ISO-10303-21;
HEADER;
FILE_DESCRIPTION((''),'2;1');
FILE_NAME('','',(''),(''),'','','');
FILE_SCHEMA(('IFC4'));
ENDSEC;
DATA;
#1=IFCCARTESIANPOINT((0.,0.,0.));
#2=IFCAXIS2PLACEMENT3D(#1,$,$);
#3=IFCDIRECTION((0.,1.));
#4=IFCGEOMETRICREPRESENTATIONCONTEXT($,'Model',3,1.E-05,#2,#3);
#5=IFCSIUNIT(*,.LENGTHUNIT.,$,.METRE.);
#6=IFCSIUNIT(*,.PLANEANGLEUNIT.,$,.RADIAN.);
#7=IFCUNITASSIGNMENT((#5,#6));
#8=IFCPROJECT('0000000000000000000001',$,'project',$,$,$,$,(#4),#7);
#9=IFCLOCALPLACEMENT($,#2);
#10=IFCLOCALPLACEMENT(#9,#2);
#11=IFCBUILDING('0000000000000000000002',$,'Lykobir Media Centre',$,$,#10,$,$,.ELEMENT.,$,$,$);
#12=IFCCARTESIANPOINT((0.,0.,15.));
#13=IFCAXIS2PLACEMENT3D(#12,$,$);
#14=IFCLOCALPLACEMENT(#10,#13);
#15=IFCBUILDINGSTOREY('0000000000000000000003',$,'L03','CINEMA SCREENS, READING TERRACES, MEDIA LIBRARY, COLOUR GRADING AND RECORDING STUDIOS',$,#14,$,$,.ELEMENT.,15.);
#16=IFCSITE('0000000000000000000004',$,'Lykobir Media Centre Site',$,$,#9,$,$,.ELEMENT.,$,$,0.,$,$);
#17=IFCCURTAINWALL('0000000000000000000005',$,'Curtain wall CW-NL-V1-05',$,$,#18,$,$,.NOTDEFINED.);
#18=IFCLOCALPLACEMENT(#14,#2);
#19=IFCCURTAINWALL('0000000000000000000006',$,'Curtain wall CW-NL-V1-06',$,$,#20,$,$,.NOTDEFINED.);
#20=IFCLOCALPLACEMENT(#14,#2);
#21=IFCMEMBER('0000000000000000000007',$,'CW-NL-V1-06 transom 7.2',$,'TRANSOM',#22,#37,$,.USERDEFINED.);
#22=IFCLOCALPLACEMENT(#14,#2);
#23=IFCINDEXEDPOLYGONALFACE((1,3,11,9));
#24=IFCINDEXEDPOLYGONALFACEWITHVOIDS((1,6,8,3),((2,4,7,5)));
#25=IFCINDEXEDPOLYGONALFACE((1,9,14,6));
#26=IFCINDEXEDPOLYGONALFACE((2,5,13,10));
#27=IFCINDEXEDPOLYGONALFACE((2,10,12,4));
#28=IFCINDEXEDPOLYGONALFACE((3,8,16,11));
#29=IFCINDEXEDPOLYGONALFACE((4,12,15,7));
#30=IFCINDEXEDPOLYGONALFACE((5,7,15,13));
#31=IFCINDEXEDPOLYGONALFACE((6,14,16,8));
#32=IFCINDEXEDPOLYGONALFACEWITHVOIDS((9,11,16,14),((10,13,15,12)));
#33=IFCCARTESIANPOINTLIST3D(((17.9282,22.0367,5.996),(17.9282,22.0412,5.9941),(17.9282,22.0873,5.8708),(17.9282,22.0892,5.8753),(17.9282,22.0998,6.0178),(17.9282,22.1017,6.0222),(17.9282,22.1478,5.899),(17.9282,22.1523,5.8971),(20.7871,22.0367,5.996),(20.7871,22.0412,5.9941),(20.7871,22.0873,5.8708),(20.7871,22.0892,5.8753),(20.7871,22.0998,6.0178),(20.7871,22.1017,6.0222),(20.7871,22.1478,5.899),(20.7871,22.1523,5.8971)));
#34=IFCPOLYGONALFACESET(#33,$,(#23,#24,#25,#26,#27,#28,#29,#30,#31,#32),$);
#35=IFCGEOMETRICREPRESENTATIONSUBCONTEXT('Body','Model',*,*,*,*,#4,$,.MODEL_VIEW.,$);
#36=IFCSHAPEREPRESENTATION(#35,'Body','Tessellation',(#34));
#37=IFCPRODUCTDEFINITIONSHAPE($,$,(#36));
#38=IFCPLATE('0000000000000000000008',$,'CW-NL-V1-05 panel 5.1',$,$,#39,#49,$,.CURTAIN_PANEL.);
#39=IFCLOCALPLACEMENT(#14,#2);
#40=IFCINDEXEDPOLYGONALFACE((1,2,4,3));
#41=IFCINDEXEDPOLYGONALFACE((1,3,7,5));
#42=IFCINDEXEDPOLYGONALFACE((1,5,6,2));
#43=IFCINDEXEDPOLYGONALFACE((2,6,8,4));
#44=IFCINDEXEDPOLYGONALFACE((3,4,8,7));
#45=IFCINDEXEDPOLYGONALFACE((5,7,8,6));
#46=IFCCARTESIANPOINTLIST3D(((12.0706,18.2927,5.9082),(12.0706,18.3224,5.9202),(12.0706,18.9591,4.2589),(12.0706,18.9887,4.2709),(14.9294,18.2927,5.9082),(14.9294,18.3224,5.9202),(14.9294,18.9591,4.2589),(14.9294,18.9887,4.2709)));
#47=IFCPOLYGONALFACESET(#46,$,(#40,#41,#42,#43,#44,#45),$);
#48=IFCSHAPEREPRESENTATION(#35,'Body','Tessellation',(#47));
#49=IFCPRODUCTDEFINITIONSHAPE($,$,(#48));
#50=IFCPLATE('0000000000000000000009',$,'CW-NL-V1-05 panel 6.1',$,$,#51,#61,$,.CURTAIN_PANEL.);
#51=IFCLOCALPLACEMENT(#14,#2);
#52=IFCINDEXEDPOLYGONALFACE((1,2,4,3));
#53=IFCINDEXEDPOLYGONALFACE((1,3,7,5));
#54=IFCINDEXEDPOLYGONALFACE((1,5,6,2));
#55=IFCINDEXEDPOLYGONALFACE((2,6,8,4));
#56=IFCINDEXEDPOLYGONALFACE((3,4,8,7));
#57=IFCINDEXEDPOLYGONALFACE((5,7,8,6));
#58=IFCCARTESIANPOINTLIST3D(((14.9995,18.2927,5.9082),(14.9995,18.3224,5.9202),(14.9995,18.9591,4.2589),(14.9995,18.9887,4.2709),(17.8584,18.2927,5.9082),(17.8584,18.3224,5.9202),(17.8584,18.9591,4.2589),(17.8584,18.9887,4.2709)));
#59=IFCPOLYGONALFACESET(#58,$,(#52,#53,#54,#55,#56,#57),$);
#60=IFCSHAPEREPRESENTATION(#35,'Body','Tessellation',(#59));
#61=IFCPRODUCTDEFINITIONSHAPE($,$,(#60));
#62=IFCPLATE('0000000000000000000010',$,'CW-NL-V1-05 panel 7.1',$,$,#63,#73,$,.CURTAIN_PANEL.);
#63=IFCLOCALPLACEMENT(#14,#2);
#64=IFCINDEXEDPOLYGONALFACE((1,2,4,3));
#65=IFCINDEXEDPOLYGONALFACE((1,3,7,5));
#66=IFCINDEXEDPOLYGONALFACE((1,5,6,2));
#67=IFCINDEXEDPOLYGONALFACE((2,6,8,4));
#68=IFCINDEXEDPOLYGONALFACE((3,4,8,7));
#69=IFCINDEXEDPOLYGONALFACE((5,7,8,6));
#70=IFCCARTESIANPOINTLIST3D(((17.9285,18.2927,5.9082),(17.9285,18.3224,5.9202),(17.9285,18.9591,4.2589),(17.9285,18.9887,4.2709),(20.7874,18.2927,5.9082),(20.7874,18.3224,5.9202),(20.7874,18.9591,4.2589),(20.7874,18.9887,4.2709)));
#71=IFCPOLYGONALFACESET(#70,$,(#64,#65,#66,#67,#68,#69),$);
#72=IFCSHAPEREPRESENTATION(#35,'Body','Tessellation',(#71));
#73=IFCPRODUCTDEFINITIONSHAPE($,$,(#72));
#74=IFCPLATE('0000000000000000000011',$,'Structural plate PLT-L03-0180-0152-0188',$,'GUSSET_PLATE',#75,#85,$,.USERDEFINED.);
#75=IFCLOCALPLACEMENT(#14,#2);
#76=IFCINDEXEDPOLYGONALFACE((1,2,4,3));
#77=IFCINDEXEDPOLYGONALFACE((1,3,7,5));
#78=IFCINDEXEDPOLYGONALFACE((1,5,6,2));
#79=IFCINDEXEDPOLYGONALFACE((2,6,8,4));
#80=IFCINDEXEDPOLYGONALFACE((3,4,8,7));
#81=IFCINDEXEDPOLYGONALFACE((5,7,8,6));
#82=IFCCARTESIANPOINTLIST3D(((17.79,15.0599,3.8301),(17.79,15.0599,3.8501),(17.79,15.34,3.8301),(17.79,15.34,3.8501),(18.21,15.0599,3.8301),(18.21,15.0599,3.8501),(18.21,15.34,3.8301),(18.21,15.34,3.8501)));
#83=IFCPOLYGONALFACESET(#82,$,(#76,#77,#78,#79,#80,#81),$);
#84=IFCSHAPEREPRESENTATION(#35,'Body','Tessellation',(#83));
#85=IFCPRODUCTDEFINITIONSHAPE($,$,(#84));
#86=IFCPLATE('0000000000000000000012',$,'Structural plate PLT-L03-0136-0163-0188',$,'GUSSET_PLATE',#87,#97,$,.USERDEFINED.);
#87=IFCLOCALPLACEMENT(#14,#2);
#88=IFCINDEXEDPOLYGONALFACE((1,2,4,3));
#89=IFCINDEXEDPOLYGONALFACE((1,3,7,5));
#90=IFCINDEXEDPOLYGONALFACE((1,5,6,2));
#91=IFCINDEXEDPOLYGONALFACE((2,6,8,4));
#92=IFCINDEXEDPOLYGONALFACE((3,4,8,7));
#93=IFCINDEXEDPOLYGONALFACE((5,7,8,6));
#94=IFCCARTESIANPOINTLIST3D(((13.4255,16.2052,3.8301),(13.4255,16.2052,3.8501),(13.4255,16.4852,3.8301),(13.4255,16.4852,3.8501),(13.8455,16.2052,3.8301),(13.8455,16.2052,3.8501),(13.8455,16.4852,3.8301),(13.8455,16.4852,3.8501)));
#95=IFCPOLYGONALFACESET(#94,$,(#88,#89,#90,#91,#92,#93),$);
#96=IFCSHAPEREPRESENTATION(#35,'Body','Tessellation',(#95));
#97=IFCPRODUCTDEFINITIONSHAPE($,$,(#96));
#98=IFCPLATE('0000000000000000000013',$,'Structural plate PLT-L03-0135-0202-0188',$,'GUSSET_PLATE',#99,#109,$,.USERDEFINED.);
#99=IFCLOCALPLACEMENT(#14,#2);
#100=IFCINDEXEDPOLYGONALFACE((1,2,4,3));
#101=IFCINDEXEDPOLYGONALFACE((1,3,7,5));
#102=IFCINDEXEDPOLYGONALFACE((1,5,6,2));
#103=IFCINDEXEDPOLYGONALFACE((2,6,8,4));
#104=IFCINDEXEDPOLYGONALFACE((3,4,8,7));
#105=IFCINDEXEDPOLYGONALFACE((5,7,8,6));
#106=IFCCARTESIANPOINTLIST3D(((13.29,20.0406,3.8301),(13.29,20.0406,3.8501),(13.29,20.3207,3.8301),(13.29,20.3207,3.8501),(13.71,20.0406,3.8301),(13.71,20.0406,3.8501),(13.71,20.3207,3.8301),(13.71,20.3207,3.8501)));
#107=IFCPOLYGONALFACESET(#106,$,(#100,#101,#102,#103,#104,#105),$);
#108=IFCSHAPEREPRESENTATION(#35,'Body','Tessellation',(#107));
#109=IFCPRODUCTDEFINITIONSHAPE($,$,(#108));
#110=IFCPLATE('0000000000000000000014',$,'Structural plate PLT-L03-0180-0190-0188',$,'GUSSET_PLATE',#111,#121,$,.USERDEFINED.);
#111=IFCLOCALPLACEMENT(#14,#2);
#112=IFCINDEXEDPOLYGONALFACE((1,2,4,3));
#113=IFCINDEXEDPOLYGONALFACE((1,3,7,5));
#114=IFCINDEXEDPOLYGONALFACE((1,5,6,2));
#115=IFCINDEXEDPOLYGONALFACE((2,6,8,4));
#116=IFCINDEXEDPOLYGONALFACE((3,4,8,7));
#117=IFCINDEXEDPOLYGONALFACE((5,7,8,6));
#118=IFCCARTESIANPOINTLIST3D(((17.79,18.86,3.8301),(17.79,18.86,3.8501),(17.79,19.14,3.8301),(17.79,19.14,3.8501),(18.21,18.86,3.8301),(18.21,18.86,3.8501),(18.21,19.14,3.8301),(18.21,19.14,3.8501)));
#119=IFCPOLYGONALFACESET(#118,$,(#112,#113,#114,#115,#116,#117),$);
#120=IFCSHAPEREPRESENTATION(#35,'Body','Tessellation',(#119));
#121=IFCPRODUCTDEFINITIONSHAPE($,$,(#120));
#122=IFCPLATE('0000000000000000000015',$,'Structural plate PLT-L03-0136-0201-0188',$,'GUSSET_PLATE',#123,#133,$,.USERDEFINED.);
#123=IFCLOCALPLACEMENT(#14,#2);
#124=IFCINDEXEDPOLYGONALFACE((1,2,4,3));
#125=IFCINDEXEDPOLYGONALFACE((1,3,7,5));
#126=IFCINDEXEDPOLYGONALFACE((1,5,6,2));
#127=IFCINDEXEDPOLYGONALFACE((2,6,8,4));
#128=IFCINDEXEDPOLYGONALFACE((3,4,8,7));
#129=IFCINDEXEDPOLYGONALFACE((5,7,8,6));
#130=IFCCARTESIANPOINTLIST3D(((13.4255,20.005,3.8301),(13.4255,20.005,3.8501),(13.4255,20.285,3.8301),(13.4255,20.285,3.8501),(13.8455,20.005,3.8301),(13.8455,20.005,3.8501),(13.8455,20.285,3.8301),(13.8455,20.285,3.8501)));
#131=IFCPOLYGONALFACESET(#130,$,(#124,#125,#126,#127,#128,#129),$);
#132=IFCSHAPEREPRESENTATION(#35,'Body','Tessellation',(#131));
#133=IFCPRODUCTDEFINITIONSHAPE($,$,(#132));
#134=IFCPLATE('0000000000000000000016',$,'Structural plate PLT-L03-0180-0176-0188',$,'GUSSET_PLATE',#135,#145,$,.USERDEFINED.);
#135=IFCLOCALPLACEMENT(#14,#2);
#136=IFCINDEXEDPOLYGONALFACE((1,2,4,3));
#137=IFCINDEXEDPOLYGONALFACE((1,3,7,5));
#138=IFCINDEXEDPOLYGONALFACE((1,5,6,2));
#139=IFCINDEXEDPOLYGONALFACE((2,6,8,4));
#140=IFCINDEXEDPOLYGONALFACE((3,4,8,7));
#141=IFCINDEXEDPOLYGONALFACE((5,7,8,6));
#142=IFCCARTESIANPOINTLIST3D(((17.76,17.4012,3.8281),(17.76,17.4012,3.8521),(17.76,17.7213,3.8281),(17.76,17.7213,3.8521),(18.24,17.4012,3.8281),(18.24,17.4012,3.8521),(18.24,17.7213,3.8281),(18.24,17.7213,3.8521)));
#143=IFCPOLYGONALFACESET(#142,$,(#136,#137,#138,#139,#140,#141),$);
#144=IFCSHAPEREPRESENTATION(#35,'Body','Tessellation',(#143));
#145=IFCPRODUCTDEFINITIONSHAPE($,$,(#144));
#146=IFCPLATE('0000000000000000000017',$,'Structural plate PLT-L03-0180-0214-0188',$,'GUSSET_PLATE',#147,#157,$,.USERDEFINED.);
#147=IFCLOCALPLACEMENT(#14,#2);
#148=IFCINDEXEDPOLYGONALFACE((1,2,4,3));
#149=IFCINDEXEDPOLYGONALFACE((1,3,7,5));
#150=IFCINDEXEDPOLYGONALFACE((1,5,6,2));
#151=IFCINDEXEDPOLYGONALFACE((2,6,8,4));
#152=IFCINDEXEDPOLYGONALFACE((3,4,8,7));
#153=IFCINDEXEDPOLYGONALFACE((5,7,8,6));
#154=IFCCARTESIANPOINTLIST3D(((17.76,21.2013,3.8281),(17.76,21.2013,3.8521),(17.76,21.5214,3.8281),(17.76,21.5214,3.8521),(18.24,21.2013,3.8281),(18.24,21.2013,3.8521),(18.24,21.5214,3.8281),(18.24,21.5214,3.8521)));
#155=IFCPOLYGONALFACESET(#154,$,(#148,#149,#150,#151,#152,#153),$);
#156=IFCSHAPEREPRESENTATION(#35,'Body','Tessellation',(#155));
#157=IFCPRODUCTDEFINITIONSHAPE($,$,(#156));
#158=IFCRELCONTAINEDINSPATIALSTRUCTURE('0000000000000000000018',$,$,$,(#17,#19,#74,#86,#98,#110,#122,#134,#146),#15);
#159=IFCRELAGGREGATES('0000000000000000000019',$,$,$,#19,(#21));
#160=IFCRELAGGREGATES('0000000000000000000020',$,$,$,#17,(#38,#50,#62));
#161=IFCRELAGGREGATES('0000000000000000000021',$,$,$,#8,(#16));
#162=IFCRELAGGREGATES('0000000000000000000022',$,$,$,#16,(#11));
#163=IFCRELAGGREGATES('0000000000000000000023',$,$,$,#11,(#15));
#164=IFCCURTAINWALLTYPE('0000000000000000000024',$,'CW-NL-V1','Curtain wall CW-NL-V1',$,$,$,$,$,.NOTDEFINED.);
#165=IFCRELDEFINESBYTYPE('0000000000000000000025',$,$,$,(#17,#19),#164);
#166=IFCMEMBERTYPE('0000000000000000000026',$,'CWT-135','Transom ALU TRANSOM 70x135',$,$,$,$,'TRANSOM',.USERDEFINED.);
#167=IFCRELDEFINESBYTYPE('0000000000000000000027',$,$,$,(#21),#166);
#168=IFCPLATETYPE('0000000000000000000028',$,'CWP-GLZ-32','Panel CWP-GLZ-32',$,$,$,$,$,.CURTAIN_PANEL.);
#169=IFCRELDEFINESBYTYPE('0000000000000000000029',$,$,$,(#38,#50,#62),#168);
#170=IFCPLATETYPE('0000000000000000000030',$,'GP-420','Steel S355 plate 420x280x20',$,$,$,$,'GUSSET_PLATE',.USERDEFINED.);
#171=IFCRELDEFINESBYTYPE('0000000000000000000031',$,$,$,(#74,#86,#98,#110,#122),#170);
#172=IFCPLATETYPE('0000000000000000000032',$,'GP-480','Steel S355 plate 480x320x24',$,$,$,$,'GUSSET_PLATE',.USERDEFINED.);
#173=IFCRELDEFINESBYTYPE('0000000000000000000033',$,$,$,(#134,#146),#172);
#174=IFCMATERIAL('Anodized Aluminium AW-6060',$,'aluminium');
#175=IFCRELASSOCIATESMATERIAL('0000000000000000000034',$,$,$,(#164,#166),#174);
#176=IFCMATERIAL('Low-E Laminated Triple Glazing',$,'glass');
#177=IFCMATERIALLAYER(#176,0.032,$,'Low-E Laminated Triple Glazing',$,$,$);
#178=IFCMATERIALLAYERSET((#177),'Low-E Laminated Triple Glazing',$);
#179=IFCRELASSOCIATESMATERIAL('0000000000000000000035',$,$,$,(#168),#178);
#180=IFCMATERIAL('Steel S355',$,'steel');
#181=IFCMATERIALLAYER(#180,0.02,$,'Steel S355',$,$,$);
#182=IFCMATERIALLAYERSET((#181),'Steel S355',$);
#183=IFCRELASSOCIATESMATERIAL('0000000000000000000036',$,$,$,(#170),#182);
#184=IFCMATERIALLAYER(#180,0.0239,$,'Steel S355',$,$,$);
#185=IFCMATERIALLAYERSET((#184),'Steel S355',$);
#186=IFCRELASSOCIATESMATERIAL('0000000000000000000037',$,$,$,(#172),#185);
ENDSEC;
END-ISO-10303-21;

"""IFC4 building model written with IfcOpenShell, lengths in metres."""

from ifc_helpers import new_model, si_unit, direction, frame, origin, origin_2d, place, context, subcontext, project, spatial, rectangle, hollow_rectangle, extrude, material, layer, layer_set, material_profile, profile_set, type_object, element, aggregate, save


model = new_model("IFC4")

# Units and contexts
model_context = context("Model", 3, precision=1e-05, world=origin(), true_north=direction((0.0, 1.0)))
body_context = subcontext(model_context, "Body", "Model", "MODEL_VIEW")
ifc_project = project(units=[si_unit("LENGTHUNIT", "METRE"), si_unit("PLANEANGLEUNIT", "RADIAN")], contexts=[model_context])

# Site, building, storey
site_placement = place(None, origin())
site = spatial("IfcSite", under=ifc_project, at=site_placement, Name="Lykobir Media Centre Site", CompositionType="ELEMENT", RefElevation=0.0)
building_placement = place(site_placement, origin())
building = spatial("IfcBuilding", under=site, at=building_placement, Name="Lykobir Media Centre", CompositionType="ELEMENT")
storey_placement = place(building_placement, frame((0.0, 0.0, 15.0)))
storey = spatial("IfcBuildingStorey", under=building, at=storey_placement, Name="L03", Description="CINEMA SCREENS, READING TERRACES, MEDIA LIBRARY, COLOUR GRADING AND RECORDING STUDIOS", CompositionType="ELEMENT", Elevation=15.0)

# Shared definitions
ifc_material_1 = material(Name="Steel S355", Category="steel")

# Curtain walls, member
ifc_material_2 = material(Name="Anodized Aluminium AW-6060", Category="aluminium")
curtain_wall_type = type_object("IfcCurtainWallType", Name="CW-NL-V1", Description="Curtain wall CW-NL-V1", PredefinedType="NOTDEFINED", material=ifc_material_2)
curtain_wall_1_placement = place(storey_placement, origin())
curtain_wall_1 = element("IfcCurtainWall", 1, at=curtain_wall_1_placement, inside=storey, type_object=curtain_wall_type, Name="Curtain wall CW-NL-V1-05", PredefinedType="NOTDEFINED")
ifc_material_profile_1 = material_profile(ifc_material_2, hollow_rectangle(XDim=0.0701, YDim=0.135, WallThickness=0.0034, at=origin_2d()), Name="ALU TRANSOM 70x135")
ifc_profile_set_1 = profile_set([ifc_material_profile_1], Name="Anodized Aluminium AW-6060")
member_type_1 = type_object("IfcMemberType", Name="CWT-135", Description="Transom ALU TRANSOM 70x135", ElementType="TRANSOM", PredefinedType="USERDEFINED", material=ifc_profile_set_1)
curtain_wall_2_placement = place(storey_placement, origin())
curtain_wall_2 = element("IfcCurtainWall", 2, at=curtain_wall_2_placement, inside=storey, type_object=curtain_wall_type, Name="Curtain wall CW-NL-V1-06", PredefinedType="NOTDEFINED")
member_1_placement = place(storey_placement, frame((17.9282, 22.0945, 5.9465), z_axis=(1.0, 0.0, 0.0), x_axis=(0.0, 0.927184, 0.374607)))
member_1 = element("IfcMember", 3, at=member_1_placement, type_object=member_type_1, Name="CW-NL-V1-06 transom 7.2", ObjectType="TRANSOM", PredefinedType="USERDEFINED", context=body_context, shape_type="SweptSolid", body=[
    extrude(hollow_rectangle(XDim=0.0701, YDim=0.135, WallThickness=0.0034, at=origin_2d()), origin(), (0.0, 0.0, 1.0), 2.8589),
])
aggregate(curtain_wall_2, [member_1])

# Plates
ifc_material_3 = material(Name="Low-E Laminated Triple Glazing", Category="glass")
ifc_layer_1 = layer(ifc_material_3, 0.032, Name="Low-E Laminated Triple Glazing")
ifc_layer_set_1 = layer_set([ifc_layer_1], Name="Low-E Laminated Triple Glazing")
plate_type_1 = type_object("IfcPlateType", Name="CWP-GLZ-32", Description="Panel CWP-GLZ-32", PredefinedType="CURTAIN_PANEL", material=ifc_layer_set_1)
plate_1_placement = place(storey_placement, frame((13.5, 18.9739, 4.2649), z_axis=(0.0, -0.374607, 0.927184), x_axis=(1.0, 0.0, 0.0)))
plate_1 = element("IfcPlate", 4, at=plate_1_placement, type_object=plate_type_1, Name="CW-NL-V1-05 panel 5.1", PredefinedType="CURTAIN_PANEL", context=body_context, shape_type="SweptSolid", body=[
    extrude(rectangle(XDim=2.8589, YDim=0.032, at=origin_2d()), origin(), (0.0, 0.0, 1.0), 1.7788),
])
plate_2_placement = place(storey_placement, frame((16.429, 18.9739, 4.2649), z_axis=(0.0, -0.374607, 0.927184), x_axis=(1.0, 0.0, 0.0)))
plate_2 = element("IfcPlate", 5, at=plate_2_placement, type_object=plate_type_1, Name="CW-NL-V1-05 panel 6.1", PredefinedType="CURTAIN_PANEL", context=body_context, shape_type="SweptSolid", body=[
    extrude(rectangle(XDim=2.8589, YDim=0.032, at=origin_2d()), origin(), (0.0, 0.0, 1.0), 1.7788),
])
plate_3_placement = place(storey_placement, frame((19.3579, 18.9739, 4.2649), z_axis=(0.0, -0.374607, 0.927184), x_axis=(1.0, 0.0, 0.0)))
plate_3 = element("IfcPlate", 6, at=plate_3_placement, type_object=plate_type_1, Name="CW-NL-V1-05 panel 7.1", PredefinedType="CURTAIN_PANEL", context=body_context, shape_type="SweptSolid", body=[
    extrude(rectangle(XDim=2.8589, YDim=0.032, at=origin_2d()), origin(), (0.0, 0.0, 1.0), 1.7788),
])
aggregate(curtain_wall_1, [plate_1, plate_2, plate_3])

# Plates
ifc_layer_2 = layer(ifc_material_1, 0.02, Name="Steel S355")
ifc_layer_set_2 = layer_set([ifc_layer_2], Name="Steel S355")
plate_type_2 = type_object("IfcPlateType", Name="GP-420", Description="Steel S355 plate 420x280x20", ElementType="GUSSET_PLATE", PredefinedType="USERDEFINED", material=ifc_layer_set_2)
for number, where, z_axis, x_axis, name in (
    (7, (18.0, 15.2, 3.8301), (0.0, 0.0, 1.0), (1.0, 0.0, 0.0), "Structural plate PLT-L03-0180-0152-0188"),
    (8, (13.6355, 16.3452, 3.8301), (0.0, 0.0, 1.0), (1.0, 0.0, 0.0), "Structural plate PLT-L03-0136-0163-0188"),
    (9, (13.5, 20.1807, 3.8301), (0.0, 0.0, 1.0), (1.0, 0.0, 0.0), "Structural plate PLT-L03-0135-0202-0188"),
    (10, (18.0, 19.0, 3.8301), (0.0, 0.0, 1.0), (1.0, 0.0, 0.0), "Structural plate PLT-L03-0180-0190-0188"),
    (11, (13.6355, 20.145, 3.8301), (0.0, 0.0, 1.0), (1.0, 0.0, 0.0), "Structural plate PLT-L03-0136-0201-0188"),
):
    element("IfcPlate", number, at=place(storey_placement, frame(where, z_axis=z_axis, x_axis=x_axis)), inside=storey, type_object=plate_type_2, Name=name, ObjectType="GUSSET_PLATE", PredefinedType="USERDEFINED", context=body_context, shape_type="SweptSolid", body=[
        extrude(rectangle(XDim=0.4199, YDim=0.28, at=origin_2d()), origin(), (0.0, 0.0, 1.0), 0.02),
    ])
ifc_layer_3 = layer(ifc_material_1, 0.0239, Name="Steel S355")
ifc_layer_set_3 = layer_set([ifc_layer_3], Name="Steel S355")
plate_type_3 = type_object("IfcPlateType", Name="GP-480", Description="Steel S355 plate 480x320x24", ElementType="GUSSET_PLATE", PredefinedType="USERDEFINED", material=ifc_layer_set_3)
for number, where, z_axis, x_axis, name in (
    (12, (18.0, 17.5613, 3.8281), (0.0, 0.0, 1.0), (1.0, 0.0, 0.0), "Structural plate PLT-L03-0180-0176-0188"),
    (13, (18.0, 21.3613, 3.8281), (0.0, 0.0, 1.0), (1.0, 0.0, 0.0), "Structural plate PLT-L03-0180-0214-0188"),
):
    element("IfcPlate", number, at=place(storey_placement, frame(where, z_axis=z_axis, x_axis=x_axis)), inside=storey, type_object=plate_type_3, Name=name, ObjectType="GUSSET_PLATE", PredefinedType="USERDEFINED", context=body_context, shape_type="SweptSolid", body=[
        extrude(rectangle(XDim=0.48, YDim=0.3201, at=origin_2d()), origin(), (0.0, 0.0, 1.0), 0.0239),
    ])

save(model, "model.ifc")
